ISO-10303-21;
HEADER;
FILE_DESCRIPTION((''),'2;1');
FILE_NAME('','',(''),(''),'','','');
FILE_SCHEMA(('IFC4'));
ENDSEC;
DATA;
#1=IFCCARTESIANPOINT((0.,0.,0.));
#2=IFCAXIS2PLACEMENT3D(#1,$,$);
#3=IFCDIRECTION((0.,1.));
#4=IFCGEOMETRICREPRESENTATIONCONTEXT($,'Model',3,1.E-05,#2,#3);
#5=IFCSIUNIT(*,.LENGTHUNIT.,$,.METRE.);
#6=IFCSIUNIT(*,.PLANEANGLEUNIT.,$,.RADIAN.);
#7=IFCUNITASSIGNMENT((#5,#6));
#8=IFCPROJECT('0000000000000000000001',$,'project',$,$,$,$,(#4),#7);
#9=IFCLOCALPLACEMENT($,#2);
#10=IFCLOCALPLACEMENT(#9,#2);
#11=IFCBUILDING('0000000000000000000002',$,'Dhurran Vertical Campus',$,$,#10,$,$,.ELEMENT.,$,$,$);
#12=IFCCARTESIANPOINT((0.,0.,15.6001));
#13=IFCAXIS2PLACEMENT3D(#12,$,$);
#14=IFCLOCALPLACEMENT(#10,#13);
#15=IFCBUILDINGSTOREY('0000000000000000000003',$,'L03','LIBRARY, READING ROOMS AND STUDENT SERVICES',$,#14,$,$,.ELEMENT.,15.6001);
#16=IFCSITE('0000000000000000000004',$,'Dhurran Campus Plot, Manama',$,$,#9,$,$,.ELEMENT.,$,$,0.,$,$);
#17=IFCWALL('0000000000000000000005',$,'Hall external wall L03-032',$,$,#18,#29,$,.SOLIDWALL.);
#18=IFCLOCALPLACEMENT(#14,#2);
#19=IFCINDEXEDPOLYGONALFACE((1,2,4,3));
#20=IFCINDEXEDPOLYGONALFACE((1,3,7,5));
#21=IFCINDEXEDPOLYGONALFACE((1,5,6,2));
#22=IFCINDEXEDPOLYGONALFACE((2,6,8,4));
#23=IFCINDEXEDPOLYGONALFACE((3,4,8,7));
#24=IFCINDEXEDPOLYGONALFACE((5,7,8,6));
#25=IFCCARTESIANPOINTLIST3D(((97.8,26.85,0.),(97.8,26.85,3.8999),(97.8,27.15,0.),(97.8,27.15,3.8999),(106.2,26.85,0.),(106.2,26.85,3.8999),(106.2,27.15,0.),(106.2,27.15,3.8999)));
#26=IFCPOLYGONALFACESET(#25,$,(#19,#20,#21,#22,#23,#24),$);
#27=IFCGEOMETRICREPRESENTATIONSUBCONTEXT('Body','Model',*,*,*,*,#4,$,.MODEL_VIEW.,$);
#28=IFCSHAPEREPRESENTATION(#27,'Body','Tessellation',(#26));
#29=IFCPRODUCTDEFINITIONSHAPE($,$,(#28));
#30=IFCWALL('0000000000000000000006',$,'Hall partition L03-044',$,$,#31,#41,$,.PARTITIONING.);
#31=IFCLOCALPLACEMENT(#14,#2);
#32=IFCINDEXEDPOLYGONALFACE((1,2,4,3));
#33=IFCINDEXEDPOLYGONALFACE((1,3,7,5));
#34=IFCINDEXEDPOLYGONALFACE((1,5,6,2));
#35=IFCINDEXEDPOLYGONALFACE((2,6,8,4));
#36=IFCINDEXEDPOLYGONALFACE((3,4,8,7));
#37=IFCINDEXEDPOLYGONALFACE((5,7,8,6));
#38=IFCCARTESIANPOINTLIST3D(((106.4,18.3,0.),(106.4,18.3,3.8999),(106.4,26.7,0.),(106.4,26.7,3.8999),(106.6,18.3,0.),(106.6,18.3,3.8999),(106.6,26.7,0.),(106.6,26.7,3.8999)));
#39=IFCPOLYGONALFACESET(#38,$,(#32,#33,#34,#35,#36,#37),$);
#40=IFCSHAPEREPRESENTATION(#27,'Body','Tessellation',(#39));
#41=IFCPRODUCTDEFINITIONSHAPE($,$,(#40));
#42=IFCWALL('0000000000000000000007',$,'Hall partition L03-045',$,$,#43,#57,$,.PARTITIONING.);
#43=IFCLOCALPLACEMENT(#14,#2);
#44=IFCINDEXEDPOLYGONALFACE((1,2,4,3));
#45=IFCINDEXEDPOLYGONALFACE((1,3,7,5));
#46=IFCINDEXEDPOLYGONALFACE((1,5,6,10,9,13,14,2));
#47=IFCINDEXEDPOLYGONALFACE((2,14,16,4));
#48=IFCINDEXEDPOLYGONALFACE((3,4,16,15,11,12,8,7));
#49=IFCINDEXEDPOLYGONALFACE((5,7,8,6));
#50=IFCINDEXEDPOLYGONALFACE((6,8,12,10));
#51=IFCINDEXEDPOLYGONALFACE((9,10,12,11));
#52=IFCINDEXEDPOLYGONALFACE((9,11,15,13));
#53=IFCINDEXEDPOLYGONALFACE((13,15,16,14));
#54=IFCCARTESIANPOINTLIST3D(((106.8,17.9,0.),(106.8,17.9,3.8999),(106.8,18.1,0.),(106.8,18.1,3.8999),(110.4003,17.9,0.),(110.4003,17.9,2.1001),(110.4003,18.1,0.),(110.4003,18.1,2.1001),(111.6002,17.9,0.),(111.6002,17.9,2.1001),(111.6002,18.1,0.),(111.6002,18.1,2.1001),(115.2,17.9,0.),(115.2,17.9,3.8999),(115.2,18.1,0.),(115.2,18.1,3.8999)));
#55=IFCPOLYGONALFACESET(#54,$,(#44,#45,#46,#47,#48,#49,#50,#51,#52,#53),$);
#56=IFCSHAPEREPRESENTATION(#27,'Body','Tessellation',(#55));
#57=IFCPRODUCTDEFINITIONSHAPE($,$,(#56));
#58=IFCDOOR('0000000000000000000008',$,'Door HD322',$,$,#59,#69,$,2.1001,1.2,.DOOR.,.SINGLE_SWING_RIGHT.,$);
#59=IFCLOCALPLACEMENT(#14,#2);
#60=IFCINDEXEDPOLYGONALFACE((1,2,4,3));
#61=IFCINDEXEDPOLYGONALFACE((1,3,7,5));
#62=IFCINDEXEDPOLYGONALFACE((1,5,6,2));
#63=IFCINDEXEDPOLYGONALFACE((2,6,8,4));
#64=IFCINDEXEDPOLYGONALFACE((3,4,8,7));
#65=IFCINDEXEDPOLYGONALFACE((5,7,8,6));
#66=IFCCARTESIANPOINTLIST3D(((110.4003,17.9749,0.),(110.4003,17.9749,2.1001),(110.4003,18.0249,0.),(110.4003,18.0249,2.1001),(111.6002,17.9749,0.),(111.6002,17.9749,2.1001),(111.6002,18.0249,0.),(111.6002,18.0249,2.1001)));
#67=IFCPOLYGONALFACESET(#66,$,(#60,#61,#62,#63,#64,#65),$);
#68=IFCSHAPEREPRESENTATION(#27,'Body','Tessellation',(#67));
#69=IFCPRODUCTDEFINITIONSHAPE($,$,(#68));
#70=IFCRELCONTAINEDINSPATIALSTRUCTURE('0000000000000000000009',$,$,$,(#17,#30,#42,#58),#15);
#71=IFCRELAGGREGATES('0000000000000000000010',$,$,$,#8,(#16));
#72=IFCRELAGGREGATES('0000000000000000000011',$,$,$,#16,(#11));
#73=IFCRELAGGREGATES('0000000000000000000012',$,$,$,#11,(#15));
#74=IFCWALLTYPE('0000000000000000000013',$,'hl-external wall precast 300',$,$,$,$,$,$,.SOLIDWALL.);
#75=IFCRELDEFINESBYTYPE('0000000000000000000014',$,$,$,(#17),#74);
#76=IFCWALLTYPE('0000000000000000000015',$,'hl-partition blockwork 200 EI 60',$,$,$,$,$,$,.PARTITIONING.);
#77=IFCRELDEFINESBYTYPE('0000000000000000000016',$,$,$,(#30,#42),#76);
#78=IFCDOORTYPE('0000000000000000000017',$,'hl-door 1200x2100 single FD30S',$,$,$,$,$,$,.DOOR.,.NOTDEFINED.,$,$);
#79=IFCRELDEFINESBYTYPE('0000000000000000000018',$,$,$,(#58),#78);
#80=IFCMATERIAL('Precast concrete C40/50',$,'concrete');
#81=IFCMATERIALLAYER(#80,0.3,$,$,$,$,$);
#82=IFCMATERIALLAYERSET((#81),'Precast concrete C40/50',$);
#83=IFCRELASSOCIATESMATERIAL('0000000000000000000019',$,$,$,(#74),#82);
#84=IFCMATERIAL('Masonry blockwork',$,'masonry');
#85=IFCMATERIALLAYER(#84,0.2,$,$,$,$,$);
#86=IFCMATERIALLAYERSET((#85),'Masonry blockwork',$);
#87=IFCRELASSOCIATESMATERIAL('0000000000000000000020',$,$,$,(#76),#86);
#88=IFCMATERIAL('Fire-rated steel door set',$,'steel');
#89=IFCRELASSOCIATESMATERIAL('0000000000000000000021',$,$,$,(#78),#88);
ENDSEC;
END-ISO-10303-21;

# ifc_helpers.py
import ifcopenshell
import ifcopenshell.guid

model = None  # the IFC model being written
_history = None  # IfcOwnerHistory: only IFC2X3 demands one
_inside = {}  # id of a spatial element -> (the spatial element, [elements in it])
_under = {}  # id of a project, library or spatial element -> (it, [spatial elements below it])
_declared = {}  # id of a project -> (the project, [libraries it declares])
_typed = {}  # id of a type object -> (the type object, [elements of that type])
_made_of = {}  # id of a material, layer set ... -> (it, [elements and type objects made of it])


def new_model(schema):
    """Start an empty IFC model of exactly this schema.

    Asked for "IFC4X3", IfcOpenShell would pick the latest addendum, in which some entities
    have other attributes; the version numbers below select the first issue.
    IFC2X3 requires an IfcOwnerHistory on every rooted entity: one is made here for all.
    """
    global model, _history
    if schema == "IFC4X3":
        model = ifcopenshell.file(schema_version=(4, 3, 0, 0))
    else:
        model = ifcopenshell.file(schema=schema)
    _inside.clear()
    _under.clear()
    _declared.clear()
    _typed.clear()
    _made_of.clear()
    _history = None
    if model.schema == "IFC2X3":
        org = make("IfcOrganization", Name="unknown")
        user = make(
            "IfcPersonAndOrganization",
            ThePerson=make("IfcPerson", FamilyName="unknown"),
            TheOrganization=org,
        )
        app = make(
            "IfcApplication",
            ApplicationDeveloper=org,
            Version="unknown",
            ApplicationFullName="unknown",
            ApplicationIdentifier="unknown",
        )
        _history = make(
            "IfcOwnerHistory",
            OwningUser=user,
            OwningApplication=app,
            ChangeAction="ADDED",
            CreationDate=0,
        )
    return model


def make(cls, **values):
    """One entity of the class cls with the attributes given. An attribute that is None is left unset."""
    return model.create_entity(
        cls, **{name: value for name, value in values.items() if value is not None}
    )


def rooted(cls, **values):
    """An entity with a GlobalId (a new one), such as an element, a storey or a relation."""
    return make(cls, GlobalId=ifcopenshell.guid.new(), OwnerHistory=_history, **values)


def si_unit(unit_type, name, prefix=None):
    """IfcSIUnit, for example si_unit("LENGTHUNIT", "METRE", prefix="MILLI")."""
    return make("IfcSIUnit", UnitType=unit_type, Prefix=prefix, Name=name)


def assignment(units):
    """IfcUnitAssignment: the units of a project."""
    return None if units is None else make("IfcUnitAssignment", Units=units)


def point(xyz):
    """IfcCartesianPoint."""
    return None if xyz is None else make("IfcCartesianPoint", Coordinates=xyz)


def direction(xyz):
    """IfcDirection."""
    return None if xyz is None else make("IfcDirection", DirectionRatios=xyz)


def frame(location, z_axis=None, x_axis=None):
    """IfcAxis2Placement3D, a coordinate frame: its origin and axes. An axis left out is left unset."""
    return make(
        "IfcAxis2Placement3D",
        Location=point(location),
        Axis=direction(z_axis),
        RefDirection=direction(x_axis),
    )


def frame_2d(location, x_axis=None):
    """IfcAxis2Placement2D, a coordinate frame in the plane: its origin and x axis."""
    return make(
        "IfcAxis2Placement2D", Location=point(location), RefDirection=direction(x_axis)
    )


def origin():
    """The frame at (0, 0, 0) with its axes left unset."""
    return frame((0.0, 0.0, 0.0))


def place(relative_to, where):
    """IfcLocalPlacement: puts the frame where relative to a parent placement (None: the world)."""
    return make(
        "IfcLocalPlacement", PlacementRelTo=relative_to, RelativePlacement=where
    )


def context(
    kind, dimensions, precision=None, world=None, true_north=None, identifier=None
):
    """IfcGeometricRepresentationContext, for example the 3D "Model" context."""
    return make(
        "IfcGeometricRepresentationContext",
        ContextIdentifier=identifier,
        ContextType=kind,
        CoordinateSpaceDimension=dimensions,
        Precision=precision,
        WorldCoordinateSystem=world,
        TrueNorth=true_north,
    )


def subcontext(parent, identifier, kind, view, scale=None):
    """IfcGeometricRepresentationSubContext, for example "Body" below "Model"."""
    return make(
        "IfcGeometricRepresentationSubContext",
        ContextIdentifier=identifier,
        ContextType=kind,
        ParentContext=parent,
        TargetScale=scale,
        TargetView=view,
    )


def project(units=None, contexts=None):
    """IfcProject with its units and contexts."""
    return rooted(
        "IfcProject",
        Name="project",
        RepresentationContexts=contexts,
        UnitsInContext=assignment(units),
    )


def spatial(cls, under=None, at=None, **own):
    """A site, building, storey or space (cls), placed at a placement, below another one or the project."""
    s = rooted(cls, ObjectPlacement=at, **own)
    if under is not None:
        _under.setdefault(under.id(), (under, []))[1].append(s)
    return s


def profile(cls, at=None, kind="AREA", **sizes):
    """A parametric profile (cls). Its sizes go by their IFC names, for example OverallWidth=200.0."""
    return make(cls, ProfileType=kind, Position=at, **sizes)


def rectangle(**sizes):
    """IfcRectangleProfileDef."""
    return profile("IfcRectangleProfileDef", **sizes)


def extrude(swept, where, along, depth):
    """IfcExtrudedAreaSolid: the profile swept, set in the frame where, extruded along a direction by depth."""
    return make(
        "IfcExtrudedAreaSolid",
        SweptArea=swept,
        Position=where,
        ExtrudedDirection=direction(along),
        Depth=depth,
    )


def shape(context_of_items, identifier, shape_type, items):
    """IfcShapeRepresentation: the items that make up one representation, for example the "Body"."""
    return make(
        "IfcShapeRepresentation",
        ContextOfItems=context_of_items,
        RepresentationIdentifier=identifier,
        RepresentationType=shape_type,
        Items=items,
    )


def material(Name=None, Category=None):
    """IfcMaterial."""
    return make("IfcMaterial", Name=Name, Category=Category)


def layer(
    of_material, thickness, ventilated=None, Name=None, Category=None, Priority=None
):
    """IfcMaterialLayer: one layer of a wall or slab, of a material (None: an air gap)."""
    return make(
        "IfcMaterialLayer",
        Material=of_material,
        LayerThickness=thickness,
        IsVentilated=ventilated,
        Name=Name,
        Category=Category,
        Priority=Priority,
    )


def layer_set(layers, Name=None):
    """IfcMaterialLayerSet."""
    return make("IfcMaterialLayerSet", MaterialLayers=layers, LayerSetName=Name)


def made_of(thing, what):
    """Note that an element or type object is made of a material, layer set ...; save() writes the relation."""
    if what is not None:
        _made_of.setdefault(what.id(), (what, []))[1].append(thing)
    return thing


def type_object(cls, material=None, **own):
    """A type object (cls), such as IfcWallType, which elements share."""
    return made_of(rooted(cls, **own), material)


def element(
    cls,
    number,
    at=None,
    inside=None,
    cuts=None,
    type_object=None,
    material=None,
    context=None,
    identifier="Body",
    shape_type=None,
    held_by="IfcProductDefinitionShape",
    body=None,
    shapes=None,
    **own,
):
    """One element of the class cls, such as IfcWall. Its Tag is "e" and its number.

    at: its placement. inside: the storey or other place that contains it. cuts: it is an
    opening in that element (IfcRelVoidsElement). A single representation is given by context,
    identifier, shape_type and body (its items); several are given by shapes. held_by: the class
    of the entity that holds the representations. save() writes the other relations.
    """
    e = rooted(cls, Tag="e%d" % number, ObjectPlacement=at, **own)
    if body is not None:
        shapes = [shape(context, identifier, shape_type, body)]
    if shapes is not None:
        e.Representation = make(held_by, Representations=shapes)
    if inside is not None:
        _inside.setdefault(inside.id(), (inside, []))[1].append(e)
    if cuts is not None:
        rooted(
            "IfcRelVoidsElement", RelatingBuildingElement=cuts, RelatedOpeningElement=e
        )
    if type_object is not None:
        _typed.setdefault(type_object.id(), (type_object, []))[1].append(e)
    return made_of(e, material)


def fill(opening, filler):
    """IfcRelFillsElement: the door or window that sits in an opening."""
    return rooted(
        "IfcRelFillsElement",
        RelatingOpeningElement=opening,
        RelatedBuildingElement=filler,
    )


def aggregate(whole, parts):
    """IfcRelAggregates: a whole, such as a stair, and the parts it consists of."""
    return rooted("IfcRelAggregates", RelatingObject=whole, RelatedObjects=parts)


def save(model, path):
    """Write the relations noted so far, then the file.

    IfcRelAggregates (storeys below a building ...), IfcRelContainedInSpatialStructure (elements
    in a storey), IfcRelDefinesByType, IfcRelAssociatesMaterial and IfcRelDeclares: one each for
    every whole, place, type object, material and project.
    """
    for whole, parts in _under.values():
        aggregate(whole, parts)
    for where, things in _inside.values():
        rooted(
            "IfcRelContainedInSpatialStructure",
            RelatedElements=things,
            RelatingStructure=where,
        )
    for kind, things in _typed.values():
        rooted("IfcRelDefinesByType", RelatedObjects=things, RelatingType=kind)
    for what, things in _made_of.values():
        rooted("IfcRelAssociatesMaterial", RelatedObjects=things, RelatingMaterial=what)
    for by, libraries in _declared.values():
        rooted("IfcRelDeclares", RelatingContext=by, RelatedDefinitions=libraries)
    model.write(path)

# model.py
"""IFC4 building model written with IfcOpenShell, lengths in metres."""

from ifc_helpers import new_model, si_unit, direction, frame, frame_2d, origin, place, context, subcontext, project, spatial, rectangle, extrude, material, layer, layer_set, type_object, element, fill, save


model = new_model("IFC4")

# Units and contexts
model_context = context("Model", 3, precision=1e-05, world=origin(), true_north=direction((0.0, 1.0)))
body_context = subcontext(model_context, "Body", "Model", "MODEL_VIEW")
ifc_project = project(units=[si_unit("LENGTHUNIT", "METRE"), si_unit("PLANEANGLEUNIT", "RADIAN")], contexts=[model_context])

# Site, building, storey
site_placement = place(None, origin())
site = spatial("IfcSite", under=ifc_project, at=site_placement, Name="Dhurran Campus Plot, Manama", CompositionType="ELEMENT", RefElevation=0.0)
building_placement = place(site_placement, origin())
building = spatial("IfcBuilding", under=site, at=building_placement, Name="Dhurran Vertical Campus", CompositionType="ELEMENT")
storey_placement = place(building_placement, frame((0.0, 0.0, 15.6001)))
storey = spatial("IfcBuildingStorey", under=building, at=storey_placement, Name="L03", Description="LIBRARY, READING ROOMS AND STUDENT SERVICES", CompositionType="ELEMENT", Elevation=15.6001)

# Walls
ifc_material_1 = material(Name="Precast concrete C40/50", Category="concrete")
ifc_layer_1 = layer(ifc_material_1, 0.3)
ifc_layer_set_1 = layer_set([ifc_layer_1], Name="Precast concrete C40/50")
wall_type_1 = type_object("IfcWallType", Name="hl-external wall precast 300", PredefinedType="SOLIDWALL", material=ifc_layer_set_1)
for number, where, z_axis, x_axis, name in (
    (1, (106.2, 27.0, 0.0), (0.0, 0.0, 1.0), (-1.0, 0.0, 0.0), "Hall external wall L03-032"),
):
    element("IfcWall", number, at=place(storey_placement, frame(where, z_axis=z_axis, x_axis=x_axis)), inside=storey, type_object=wall_type_1, Name=name, PredefinedType="SOLIDWALL", context=body_context, shape_type="SweptSolid", body=[
        extrude(rectangle(XDim=8.3999, YDim=0.3, at=frame_2d((4.2, 0.0))), origin(), (0.0, 0.0, 1.0), 3.8999),
    ])
ifc_material_2 = material(Name="Masonry blockwork", Category="masonry")
ifc_layer_2 = layer(ifc_material_2, 0.2)
ifc_layer_set_2 = layer_set([ifc_layer_2], Name="Masonry blockwork")
wall_type_2 = type_object("IfcWallType", Name="hl-partition blockwork 200 EI 60", PredefinedType="PARTITIONING", material=ifc_layer_set_2)
wall_1_placement = place(storey_placement, frame((106.5, 18.3, 0.0), z_axis=(0.0, 0.0, 1.0), x_axis=(0.0, 1.0, 0.0)))
element("IfcWall", 2, at=wall_1_placement, inside=storey, type_object=wall_type_2, Name="Hall partition L03-044", PredefinedType="PARTITIONING", context=body_context, shape_type="SweptSolid", body=[
    extrude(rectangle(XDim=8.3999, YDim=0.2, at=frame_2d((4.2, 0.0))), origin(), (0.0, 0.0, 1.0), 3.8999),
])

# Wall, opening, door
wall_2_placement = place(storey_placement, frame((106.8, 18.0, 0.0), z_axis=(0.0, 0.0, 1.0), x_axis=(1.0, 0.0, 0.0)))
wall_2 = element("IfcWall", 3, at=wall_2_placement, inside=storey, type_object=wall_type_2, Name="Hall partition L03-045", PredefinedType="PARTITIONING", context=body_context, shape_type="SweptSolid", body=[
    extrude(rectangle(XDim=8.3999, YDim=0.2, at=frame_2d((4.2, 0.0))), origin(), (0.0, 0.0, 1.0), 3.8999),
])
opening_placement = place(wall_2_placement, frame((3.6001, 0.0, 0.0)))
opening = element("IfcOpeningElement", 4, at=opening_placement, cuts=wall_2, PredefinedType="OPENING", context=body_context, shape_type="SweptSolid", body=[
    extrude(rectangle(XDim=1.2, YDim=2.1001, at=frame_2d((0.6001, 1.05))), frame((0.0, 0.1099, 0.0), z_axis=(0.0, -1.0, 0.0), x_axis=(1.0, 0.0, 0.0)), (0.0, 0.0, 1.0), 0.22),
])
ifc_material_3 = material(Name="Fire-rated steel door set", Category="steel")
door_type = type_object("IfcDoorType", Name="hl-door 1200x2100 single FD30S", OperationType="NOTDEFINED", PredefinedType="DOOR", material=ifc_material_3)
door_placement = place(opening_placement, origin())
door = element("IfcDoor", 5, at=door_placement, inside=storey, type_object=door_type, Name="Door HD322", OperationType="SINGLE_SWING_RIGHT", OverallHeight=2.1001, OverallWidth=1.2, PredefinedType="DOOR", context=body_context, shape_type="SweptSolid", body=[
    extrude(rectangle(XDim=1.2, YDim=2.1001, at=frame_2d((0.6001, 1.05))), frame((0.0, 0.0249, 0.0), z_axis=(0.0, -1.0, 0.0), x_axis=(1.0, 0.0, 0.0)), (0.0, 0.0, 1.0), 0.05),
])
fill(opening, door)

save(model, "model.ifc")
